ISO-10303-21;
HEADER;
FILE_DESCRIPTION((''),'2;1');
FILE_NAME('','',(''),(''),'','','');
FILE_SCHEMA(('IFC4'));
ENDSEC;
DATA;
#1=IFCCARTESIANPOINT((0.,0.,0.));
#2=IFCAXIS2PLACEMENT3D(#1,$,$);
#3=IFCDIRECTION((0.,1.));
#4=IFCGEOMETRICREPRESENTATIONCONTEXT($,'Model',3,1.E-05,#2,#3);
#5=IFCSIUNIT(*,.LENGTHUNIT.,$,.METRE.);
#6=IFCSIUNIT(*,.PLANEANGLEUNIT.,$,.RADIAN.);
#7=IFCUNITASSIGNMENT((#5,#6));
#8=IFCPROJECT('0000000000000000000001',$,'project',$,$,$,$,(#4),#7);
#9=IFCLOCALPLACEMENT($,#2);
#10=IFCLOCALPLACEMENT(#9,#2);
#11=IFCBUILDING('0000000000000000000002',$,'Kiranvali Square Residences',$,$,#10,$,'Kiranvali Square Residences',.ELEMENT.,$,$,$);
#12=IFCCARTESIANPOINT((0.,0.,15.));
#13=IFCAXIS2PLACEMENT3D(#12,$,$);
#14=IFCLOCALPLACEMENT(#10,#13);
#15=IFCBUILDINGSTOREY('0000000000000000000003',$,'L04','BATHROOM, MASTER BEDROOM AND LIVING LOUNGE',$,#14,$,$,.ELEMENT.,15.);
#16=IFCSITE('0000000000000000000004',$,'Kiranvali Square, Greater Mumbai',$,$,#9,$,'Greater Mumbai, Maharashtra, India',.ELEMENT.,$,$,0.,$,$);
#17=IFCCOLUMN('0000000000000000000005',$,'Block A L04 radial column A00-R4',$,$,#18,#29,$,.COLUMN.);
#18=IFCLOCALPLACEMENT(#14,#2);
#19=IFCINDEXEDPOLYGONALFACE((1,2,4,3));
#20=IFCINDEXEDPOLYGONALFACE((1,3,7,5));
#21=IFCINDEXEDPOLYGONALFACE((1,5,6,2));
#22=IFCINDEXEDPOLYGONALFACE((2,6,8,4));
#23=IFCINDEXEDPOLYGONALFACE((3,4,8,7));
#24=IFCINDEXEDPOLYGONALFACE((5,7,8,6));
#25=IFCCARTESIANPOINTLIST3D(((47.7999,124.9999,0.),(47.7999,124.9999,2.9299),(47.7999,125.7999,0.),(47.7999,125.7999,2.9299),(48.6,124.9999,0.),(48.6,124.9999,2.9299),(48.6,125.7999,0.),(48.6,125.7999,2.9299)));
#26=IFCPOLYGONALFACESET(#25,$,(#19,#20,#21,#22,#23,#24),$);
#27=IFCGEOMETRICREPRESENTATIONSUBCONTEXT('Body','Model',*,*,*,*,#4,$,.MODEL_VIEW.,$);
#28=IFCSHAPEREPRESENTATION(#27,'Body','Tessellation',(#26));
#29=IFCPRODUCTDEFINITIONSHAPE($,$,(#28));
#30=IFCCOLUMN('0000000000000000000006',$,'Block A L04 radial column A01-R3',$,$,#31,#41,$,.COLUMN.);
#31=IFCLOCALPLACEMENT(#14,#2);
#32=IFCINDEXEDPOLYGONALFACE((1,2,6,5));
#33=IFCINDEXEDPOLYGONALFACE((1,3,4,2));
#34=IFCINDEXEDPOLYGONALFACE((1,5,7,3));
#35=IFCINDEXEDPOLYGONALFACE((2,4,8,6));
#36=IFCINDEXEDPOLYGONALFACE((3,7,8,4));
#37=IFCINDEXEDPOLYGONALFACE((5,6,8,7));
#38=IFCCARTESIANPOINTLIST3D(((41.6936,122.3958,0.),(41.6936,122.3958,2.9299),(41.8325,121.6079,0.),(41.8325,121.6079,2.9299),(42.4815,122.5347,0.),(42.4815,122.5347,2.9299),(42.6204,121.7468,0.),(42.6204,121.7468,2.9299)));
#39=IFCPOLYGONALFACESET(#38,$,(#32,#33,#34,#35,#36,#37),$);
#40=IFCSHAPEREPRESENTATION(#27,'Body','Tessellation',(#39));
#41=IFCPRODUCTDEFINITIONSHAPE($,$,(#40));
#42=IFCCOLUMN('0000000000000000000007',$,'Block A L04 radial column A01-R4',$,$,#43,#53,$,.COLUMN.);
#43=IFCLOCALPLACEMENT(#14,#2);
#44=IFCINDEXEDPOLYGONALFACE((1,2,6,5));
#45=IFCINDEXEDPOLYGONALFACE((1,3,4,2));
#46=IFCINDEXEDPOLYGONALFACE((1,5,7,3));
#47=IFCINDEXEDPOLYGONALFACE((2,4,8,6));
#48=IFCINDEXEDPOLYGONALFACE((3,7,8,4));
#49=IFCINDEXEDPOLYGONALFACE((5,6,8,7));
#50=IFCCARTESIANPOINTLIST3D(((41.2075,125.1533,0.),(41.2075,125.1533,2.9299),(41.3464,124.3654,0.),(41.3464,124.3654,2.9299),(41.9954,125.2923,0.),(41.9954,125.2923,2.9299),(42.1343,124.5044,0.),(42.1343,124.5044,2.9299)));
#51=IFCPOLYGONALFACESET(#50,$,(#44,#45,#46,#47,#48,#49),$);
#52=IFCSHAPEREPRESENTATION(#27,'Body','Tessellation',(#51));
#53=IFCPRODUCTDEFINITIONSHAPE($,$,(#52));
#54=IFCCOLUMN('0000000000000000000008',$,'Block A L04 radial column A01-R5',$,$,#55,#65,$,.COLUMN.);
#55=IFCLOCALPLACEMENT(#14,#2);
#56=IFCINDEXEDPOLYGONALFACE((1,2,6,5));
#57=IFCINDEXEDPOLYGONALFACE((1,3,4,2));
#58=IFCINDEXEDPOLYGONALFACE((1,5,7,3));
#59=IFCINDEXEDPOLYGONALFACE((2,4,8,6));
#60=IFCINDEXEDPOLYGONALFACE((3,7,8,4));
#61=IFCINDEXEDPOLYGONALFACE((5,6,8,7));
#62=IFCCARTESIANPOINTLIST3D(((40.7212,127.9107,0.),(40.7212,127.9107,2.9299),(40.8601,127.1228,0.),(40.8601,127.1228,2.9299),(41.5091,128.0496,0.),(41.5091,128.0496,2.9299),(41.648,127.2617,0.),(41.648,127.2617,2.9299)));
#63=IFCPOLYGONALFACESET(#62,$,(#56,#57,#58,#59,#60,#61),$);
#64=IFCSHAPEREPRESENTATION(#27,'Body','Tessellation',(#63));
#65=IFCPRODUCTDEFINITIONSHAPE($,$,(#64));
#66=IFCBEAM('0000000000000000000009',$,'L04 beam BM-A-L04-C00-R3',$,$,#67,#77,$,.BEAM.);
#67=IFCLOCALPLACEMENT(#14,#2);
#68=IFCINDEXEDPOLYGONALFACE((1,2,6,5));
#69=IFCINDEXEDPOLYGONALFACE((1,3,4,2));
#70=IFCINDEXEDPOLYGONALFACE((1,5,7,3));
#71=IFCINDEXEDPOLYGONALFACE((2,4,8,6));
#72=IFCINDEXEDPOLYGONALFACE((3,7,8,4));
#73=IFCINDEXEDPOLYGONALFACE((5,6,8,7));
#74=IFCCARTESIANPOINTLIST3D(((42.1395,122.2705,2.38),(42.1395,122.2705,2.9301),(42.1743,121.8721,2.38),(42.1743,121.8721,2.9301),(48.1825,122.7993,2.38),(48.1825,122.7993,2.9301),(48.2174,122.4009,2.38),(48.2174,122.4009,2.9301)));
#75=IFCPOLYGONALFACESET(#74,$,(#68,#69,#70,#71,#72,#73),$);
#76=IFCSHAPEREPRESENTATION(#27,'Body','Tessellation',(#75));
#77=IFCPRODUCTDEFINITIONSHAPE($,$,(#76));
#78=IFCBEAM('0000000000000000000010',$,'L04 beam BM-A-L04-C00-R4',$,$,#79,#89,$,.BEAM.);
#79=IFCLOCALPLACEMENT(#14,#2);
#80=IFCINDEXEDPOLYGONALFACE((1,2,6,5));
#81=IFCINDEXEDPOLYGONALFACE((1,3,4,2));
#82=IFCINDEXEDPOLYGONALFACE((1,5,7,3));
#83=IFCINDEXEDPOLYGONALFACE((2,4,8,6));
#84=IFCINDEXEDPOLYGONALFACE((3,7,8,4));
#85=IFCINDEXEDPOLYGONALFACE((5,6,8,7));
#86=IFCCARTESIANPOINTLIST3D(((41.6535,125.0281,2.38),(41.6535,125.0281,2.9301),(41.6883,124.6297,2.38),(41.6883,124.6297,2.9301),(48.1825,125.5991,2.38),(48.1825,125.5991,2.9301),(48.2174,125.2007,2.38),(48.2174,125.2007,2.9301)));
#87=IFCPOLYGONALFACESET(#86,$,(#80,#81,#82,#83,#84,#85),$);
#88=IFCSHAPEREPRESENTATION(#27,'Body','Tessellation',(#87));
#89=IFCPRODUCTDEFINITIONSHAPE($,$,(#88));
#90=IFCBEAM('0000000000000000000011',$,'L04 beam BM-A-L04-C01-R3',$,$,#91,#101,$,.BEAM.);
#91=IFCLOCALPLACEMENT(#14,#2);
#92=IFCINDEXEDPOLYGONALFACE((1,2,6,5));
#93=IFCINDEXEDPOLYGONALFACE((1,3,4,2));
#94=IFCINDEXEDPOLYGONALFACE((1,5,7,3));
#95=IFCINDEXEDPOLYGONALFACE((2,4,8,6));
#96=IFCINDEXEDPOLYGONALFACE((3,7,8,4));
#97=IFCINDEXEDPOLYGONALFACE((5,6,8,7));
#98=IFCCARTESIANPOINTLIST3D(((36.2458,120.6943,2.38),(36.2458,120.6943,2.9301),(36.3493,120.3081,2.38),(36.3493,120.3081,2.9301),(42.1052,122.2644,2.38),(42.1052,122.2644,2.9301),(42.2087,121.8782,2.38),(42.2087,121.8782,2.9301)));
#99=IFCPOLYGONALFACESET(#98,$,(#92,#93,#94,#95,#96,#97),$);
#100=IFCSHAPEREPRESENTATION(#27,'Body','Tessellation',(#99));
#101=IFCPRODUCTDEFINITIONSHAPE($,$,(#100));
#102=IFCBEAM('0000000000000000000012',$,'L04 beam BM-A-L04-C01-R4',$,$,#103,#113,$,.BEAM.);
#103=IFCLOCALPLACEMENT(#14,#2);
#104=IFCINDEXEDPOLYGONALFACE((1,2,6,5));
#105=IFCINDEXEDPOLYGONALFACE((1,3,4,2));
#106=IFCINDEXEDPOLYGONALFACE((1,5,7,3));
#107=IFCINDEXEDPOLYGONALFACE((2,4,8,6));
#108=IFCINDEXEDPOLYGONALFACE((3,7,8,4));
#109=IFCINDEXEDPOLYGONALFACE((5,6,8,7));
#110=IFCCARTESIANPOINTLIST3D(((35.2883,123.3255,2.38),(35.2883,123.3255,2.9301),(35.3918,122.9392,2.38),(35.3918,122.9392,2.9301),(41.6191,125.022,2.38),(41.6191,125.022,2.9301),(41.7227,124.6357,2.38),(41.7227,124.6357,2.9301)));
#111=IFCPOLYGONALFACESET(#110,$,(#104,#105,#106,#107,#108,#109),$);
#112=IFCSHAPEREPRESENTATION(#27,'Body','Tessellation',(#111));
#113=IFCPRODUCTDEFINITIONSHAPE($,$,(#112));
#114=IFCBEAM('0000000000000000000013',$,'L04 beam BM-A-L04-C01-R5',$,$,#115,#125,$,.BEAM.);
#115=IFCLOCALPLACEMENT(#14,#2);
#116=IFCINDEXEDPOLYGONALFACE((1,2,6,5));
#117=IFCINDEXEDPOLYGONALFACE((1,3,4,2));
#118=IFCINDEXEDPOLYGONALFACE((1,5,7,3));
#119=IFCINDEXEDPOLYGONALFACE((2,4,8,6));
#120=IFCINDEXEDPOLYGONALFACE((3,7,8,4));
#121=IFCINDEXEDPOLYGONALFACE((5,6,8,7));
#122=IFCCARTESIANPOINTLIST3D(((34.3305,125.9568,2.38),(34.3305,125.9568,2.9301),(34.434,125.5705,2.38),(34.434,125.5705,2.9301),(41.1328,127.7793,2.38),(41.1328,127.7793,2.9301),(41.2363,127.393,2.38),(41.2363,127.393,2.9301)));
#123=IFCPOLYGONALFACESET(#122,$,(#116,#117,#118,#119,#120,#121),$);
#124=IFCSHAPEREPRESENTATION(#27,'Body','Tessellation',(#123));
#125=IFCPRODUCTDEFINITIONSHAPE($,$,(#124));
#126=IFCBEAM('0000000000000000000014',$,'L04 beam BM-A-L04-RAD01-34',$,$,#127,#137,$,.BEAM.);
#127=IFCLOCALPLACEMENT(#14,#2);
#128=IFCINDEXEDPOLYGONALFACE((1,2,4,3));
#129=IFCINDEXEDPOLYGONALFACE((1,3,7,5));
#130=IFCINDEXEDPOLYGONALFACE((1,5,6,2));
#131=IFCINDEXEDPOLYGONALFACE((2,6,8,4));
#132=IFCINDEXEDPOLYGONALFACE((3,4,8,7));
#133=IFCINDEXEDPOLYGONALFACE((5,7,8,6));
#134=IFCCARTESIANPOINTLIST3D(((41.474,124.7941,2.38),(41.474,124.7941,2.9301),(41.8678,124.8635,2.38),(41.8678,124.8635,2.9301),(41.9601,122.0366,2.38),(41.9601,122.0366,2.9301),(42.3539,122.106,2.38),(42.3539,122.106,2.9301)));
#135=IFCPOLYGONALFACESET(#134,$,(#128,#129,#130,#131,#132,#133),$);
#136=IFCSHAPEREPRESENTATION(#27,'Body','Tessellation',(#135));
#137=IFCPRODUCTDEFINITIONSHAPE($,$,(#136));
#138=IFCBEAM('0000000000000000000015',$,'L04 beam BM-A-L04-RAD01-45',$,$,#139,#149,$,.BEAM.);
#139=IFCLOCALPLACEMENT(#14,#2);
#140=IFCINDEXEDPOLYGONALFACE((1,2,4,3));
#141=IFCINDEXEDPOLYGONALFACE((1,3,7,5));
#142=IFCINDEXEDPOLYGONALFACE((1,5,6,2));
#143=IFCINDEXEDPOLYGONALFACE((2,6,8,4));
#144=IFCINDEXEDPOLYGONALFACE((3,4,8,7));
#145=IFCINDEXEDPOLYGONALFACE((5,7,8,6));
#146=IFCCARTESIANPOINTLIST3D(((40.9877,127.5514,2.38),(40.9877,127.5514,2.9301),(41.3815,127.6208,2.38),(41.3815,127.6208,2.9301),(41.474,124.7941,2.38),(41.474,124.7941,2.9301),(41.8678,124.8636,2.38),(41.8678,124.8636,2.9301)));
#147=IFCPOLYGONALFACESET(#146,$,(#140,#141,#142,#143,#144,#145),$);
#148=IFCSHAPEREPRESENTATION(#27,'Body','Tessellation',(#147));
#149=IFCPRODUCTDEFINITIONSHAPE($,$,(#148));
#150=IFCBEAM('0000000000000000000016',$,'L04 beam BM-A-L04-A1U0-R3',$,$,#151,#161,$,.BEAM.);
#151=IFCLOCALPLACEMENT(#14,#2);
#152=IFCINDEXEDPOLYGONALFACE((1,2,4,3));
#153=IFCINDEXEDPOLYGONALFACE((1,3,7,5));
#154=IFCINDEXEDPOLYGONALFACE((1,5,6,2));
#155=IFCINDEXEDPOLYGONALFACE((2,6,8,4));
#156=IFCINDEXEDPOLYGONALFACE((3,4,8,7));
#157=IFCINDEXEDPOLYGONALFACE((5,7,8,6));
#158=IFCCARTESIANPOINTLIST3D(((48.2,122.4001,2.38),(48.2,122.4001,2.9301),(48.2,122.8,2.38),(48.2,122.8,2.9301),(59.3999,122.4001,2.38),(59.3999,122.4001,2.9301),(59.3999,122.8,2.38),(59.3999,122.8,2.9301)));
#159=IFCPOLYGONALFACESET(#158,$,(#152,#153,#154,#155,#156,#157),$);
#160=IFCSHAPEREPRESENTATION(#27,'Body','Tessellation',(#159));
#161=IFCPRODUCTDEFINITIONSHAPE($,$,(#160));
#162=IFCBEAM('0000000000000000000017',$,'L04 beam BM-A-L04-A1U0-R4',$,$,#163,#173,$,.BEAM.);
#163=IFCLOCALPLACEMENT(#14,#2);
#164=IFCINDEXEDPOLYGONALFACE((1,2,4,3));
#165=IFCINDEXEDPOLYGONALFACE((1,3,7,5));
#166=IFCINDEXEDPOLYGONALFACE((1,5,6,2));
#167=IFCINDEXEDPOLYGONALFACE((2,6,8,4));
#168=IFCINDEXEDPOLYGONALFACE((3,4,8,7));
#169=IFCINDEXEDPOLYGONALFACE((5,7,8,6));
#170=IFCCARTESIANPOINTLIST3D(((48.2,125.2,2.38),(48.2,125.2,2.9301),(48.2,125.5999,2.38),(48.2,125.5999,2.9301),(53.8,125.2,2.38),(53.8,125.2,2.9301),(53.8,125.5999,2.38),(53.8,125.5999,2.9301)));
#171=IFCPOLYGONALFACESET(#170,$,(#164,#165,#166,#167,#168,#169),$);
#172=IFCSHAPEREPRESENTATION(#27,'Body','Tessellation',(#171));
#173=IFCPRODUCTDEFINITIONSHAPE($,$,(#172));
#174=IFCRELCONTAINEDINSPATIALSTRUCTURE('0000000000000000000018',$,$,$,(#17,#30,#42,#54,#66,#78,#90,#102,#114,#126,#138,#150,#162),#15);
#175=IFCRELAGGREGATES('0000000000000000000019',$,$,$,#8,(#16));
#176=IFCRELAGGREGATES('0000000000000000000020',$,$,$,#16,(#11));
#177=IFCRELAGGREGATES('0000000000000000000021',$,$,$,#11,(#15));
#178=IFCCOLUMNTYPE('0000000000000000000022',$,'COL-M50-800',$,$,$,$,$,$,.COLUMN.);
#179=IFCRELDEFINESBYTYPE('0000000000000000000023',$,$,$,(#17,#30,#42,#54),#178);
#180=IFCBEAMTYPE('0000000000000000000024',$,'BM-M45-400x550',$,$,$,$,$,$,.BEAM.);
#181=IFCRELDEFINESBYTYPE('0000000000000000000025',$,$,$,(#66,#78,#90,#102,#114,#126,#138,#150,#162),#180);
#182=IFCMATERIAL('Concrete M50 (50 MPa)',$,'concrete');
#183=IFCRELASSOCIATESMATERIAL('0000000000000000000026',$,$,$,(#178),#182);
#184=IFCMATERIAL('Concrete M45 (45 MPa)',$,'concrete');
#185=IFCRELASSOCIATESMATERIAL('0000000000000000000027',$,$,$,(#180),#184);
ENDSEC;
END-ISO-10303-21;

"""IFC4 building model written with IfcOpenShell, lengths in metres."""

from ifc_helpers import new_model, si_unit, direction, frame, origin, origin_2d, place, context, subcontext, project, spatial, rectangle, extrude, material, material_profile, profile_set, type_object, element, save


model = new_model("IFC4")

# Units and contexts
model_context = context("Model", 3, precision=1e-05, world=origin(), true_north=direction((0.0, 1.0)))
body_context = subcontext(model_context, "Body", "Model", "MODEL_VIEW")
ifc_project = project(units=[si_unit("LENGTHUNIT", "METRE"), si_unit("PLANEANGLEUNIT", "RADIAN")], contexts=[model_context])

# Site, building, storey
site_placement = place(None, origin())
site = spatial("IfcSite", under=ifc_project, at=site_placement, Name="Kiranvali Square, Greater Mumbai", LongName="Greater Mumbai, Maharashtra, India", CompositionType="ELEMENT", RefElevation=0.0)
building_placement = place(site_placement, origin())
building = spatial("IfcBuilding", under=site, at=building_placement, Name="Kiranvali Square Residences", LongName="Kiranvali Square Residences", CompositionType="ELEMENT")
storey_placement = place(building_placement, frame((0.0, 0.0, 15.0)))
storey = spatial("IfcBuildingStorey", under=building, at=storey_placement, Name="L04", Description="BATHROOM, MASTER BEDROOM AND LIVING LOUNGE", CompositionType="ELEMENT", Elevation=15.0)

# Columns
ifc_material_1 = material(Name="Concrete M50 (50 MPa)", Category="concrete")
ifc_material_profile_1 = material_profile(ifc_material_1, rectangle(XDim=0.8, YDim=0.8, at=origin_2d()), Name="RC 800x800")
ifc_profile_set_1 = profile_set([ifc_material_profile_1], Name="Concrete M50 (50 MPa)")
column_type = type_object("IfcColumnType", Name="COL-M50-800", PredefinedType="COLUMN", material=ifc_profile_set_1)
for number, where, z_axis, x_axis, name in (
    (1, (48.2, 125.3999, 0.0), (0.0, 0.0, 1.0), (1.0, 0.0, 0.0), "Block A L04 radial column A00-R4"),
    (2, (42.157, 122.0713, 0.0), (0.0, 0.0, 1.0), (0.984808, 0.173648, 0.0), "Block A L04 radial column A01-R3"),
    (3, (41.6709, 124.8289, 0.0), (0.0, 0.0, 1.0), (0.984808, 0.173648, 0.0), "Block A L04 radial column A01-R4"),
    (4, (41.1846, 127.5862, 0.0), (0.0, 0.0, 1.0), (0.984808, 0.173648, 0.0), "Block A L04 radial column A01-R5"),
):
    element("IfcColumn", number, at=place(storey_placement, frame(where, z_axis=z_axis, x_axis=x_axis)), inside=storey, type_object=column_type, Name=name, PredefinedType="COLUMN", context=body_context, shape_type="SweptSolid", body=[
        extrude(rectangle(XDim=0.8, YDim=0.8, at=origin_2d()), origin(), (0.0, 0.0, 1.0), 2.9299),
    ])

# Beams
ifc_material_2 = material(Name="Concrete M45 (45 MPa)", Category="concrete")
ifc_material_profile_2 = material_profile(ifc_material_2, rectangle(XDim=0.3999, YDim=0.55, at=origin_2d()), Name="RC 400x550")
ifc_profile_set_2 = profile_set([ifc_material_profile_2], Name="Concrete M45 (45 MPa)")
beam_type = type_object("IfcBeamType", Name="BM-M45-400x550", PredefinedType="BEAM", material=ifc_profile_set_2)
beam_1_placement = place(storey_placement, frame((48.2, 122.6001, 2.655), z_axis=(-0.996193, -0.087175, 0.0), x_axis=(0.087175, -0.996193, 0.0)))
element("IfcBeam", 5, at=beam_1_placement, inside=storey, type_object=beam_type, Name="L04 beam BM-A-L04-C00-R3", PredefinedType="BEAM", context=body_context, shape_type="SweptSolid", body=[
    extrude(rectangle(XDim=0.3999, YDim=0.55, at=origin_2d()), origin(), (0.0, 0.0, 1.0), 6.0662),
])
beam_2_placement = place(storey_placement, frame((48.2, 125.3999, 2.655), z_axis=(-0.996197, -0.08713, 0.0), x_axis=(0.08713, -0.996197, 0.0)))
element("IfcBeam", 6, at=beam_2_placement, inside=storey, type_object=beam_type, Name="L04 beam BM-A-L04-C00-R4", PredefinedType="BEAM", context=body_context, shape_type="SweptSolid", body=[
    extrude(rectangle(XDim=0.3999, YDim=0.55, at=origin_2d()), origin(), (0.0, 0.0, 1.0), 6.554),
])
beam_3_placement = place(storey_placement, frame((42.157, 122.0713, 2.655), z_axis=(-0.965924, -0.258827, 0.0), x_axis=(0.258827, -0.965924, 0.0)))
element("IfcBeam", 7, at=beam_3_placement, inside=storey, type_object=beam_type, Name="L04 beam BM-A-L04-C01-R3", PredefinedType="BEAM", context=body_context, shape_type="SweptSolid", body=[
    extrude(rectangle(XDim=0.3999, YDim=0.55, at=origin_2d()), origin(), (0.0, 0.0, 1.0), 6.0662),
])
beam_4_placement = place(storey_placement, frame((41.6709, 124.8289, 2.655), z_axis=(-0.965918, -0.258847, 0.0), x_axis=(0.258847, -0.965918, 0.0)))
element("IfcBeam", 8, at=beam_4_placement, inside=storey, type_object=beam_type, Name="L04 beam BM-A-L04-C01-R4", PredefinedType="BEAM", context=body_context, shape_type="SweptSolid", body=[
    extrude(rectangle(XDim=0.3999, YDim=0.55, at=origin_2d()), origin(), (0.0, 0.0, 1.0), 6.5542),
])
beam_5_placement = place(storey_placement, frame((41.1846, 127.5862, 2.655), z_axis=(-0.965931, -0.2588, 0.0), x_axis=(0.2588, -0.965931, 0.0)))
element("IfcBeam", 9, at=beam_5_placement, inside=storey, type_object=beam_type, Name="L04 beam BM-A-L04-C01-R5", PredefinedType="BEAM", context=body_context, shape_type="SweptSolid", body=[
    extrude(rectangle(XDim=0.3999, YDim=0.55, at=origin_2d()), origin(), (0.0, 0.0, 1.0), 7.0422),
])
beam_6_placement = place(storey_placement, frame((42.157, 122.0713, 2.655), z_axis=(-0.173596, 0.984817, 0.0), x_axis=(-0.984817, -0.173596, 0.0)))
element("IfcBeam", 10, at=beam_6_placement, inside=storey, type_object=beam_type, Name="L04 beam BM-A-L04-RAD01-34", PredefinedType="BEAM", context=body_context, shape_type="SweptSolid", body=[
    extrude(rectangle(XDim=0.3999, YDim=0.55, at=origin_2d()), origin(), (0.0, 0.0, 1.0), 2.8),
])
beam_7_placement = place(storey_placement, frame((41.6709, 124.8289, 2.655), z_axis=(-0.173696, 0.984799, 0.0), x_axis=(-0.984799, -0.173696, 0.0)))
element("IfcBeam", 11, at=beam_7_placement, inside=storey, type_object=beam_type, Name="L04 beam BM-A-L04-RAD01-45", PredefinedType="BEAM", context=body_context, shape_type="SweptSolid", body=[
    extrude(rectangle(XDim=0.3999, YDim=0.55, at=origin_2d()), origin(), (0.0, 0.0, 1.0), 2.7998),
])
beam_8_placement = place(storey_placement, frame((48.2, 122.6001, 2.655), z_axis=(1.0, 0.0, 0.0), x_axis=(0.0, 1.0, 0.0)))
element("IfcBeam", 12, at=beam_8_placement, inside=storey, type_object=beam_type, Name="L04 beam BM-A-L04-A1U0-R3", PredefinedType="BEAM", context=body_context, shape_type="SweptSolid", body=[
    extrude(rectangle(XDim=0.3999, YDim=0.55, at=origin_2d()), origin(), (0.0, 0.0, 1.0), 11.2),
])
beam_9_placement = place(storey_placement, frame((48.2, 125.3999, 2.655), z_axis=(1.0, 0.0, 0.0), x_axis=(0.0, 1.0, 0.0)))
element("IfcBeam", 13, at=beam_9_placement, inside=storey, type_object=beam_type, Name="L04 beam BM-A-L04-A1U0-R4", PredefinedType="BEAM", context=body_context, shape_type="SweptSolid", body=[
    extrude(rectangle(XDim=0.3999, YDim=0.55, at=origin_2d()), origin(), (0.0, 0.0, 1.0), 5.6001),
])

save(model, "model.ifc")
